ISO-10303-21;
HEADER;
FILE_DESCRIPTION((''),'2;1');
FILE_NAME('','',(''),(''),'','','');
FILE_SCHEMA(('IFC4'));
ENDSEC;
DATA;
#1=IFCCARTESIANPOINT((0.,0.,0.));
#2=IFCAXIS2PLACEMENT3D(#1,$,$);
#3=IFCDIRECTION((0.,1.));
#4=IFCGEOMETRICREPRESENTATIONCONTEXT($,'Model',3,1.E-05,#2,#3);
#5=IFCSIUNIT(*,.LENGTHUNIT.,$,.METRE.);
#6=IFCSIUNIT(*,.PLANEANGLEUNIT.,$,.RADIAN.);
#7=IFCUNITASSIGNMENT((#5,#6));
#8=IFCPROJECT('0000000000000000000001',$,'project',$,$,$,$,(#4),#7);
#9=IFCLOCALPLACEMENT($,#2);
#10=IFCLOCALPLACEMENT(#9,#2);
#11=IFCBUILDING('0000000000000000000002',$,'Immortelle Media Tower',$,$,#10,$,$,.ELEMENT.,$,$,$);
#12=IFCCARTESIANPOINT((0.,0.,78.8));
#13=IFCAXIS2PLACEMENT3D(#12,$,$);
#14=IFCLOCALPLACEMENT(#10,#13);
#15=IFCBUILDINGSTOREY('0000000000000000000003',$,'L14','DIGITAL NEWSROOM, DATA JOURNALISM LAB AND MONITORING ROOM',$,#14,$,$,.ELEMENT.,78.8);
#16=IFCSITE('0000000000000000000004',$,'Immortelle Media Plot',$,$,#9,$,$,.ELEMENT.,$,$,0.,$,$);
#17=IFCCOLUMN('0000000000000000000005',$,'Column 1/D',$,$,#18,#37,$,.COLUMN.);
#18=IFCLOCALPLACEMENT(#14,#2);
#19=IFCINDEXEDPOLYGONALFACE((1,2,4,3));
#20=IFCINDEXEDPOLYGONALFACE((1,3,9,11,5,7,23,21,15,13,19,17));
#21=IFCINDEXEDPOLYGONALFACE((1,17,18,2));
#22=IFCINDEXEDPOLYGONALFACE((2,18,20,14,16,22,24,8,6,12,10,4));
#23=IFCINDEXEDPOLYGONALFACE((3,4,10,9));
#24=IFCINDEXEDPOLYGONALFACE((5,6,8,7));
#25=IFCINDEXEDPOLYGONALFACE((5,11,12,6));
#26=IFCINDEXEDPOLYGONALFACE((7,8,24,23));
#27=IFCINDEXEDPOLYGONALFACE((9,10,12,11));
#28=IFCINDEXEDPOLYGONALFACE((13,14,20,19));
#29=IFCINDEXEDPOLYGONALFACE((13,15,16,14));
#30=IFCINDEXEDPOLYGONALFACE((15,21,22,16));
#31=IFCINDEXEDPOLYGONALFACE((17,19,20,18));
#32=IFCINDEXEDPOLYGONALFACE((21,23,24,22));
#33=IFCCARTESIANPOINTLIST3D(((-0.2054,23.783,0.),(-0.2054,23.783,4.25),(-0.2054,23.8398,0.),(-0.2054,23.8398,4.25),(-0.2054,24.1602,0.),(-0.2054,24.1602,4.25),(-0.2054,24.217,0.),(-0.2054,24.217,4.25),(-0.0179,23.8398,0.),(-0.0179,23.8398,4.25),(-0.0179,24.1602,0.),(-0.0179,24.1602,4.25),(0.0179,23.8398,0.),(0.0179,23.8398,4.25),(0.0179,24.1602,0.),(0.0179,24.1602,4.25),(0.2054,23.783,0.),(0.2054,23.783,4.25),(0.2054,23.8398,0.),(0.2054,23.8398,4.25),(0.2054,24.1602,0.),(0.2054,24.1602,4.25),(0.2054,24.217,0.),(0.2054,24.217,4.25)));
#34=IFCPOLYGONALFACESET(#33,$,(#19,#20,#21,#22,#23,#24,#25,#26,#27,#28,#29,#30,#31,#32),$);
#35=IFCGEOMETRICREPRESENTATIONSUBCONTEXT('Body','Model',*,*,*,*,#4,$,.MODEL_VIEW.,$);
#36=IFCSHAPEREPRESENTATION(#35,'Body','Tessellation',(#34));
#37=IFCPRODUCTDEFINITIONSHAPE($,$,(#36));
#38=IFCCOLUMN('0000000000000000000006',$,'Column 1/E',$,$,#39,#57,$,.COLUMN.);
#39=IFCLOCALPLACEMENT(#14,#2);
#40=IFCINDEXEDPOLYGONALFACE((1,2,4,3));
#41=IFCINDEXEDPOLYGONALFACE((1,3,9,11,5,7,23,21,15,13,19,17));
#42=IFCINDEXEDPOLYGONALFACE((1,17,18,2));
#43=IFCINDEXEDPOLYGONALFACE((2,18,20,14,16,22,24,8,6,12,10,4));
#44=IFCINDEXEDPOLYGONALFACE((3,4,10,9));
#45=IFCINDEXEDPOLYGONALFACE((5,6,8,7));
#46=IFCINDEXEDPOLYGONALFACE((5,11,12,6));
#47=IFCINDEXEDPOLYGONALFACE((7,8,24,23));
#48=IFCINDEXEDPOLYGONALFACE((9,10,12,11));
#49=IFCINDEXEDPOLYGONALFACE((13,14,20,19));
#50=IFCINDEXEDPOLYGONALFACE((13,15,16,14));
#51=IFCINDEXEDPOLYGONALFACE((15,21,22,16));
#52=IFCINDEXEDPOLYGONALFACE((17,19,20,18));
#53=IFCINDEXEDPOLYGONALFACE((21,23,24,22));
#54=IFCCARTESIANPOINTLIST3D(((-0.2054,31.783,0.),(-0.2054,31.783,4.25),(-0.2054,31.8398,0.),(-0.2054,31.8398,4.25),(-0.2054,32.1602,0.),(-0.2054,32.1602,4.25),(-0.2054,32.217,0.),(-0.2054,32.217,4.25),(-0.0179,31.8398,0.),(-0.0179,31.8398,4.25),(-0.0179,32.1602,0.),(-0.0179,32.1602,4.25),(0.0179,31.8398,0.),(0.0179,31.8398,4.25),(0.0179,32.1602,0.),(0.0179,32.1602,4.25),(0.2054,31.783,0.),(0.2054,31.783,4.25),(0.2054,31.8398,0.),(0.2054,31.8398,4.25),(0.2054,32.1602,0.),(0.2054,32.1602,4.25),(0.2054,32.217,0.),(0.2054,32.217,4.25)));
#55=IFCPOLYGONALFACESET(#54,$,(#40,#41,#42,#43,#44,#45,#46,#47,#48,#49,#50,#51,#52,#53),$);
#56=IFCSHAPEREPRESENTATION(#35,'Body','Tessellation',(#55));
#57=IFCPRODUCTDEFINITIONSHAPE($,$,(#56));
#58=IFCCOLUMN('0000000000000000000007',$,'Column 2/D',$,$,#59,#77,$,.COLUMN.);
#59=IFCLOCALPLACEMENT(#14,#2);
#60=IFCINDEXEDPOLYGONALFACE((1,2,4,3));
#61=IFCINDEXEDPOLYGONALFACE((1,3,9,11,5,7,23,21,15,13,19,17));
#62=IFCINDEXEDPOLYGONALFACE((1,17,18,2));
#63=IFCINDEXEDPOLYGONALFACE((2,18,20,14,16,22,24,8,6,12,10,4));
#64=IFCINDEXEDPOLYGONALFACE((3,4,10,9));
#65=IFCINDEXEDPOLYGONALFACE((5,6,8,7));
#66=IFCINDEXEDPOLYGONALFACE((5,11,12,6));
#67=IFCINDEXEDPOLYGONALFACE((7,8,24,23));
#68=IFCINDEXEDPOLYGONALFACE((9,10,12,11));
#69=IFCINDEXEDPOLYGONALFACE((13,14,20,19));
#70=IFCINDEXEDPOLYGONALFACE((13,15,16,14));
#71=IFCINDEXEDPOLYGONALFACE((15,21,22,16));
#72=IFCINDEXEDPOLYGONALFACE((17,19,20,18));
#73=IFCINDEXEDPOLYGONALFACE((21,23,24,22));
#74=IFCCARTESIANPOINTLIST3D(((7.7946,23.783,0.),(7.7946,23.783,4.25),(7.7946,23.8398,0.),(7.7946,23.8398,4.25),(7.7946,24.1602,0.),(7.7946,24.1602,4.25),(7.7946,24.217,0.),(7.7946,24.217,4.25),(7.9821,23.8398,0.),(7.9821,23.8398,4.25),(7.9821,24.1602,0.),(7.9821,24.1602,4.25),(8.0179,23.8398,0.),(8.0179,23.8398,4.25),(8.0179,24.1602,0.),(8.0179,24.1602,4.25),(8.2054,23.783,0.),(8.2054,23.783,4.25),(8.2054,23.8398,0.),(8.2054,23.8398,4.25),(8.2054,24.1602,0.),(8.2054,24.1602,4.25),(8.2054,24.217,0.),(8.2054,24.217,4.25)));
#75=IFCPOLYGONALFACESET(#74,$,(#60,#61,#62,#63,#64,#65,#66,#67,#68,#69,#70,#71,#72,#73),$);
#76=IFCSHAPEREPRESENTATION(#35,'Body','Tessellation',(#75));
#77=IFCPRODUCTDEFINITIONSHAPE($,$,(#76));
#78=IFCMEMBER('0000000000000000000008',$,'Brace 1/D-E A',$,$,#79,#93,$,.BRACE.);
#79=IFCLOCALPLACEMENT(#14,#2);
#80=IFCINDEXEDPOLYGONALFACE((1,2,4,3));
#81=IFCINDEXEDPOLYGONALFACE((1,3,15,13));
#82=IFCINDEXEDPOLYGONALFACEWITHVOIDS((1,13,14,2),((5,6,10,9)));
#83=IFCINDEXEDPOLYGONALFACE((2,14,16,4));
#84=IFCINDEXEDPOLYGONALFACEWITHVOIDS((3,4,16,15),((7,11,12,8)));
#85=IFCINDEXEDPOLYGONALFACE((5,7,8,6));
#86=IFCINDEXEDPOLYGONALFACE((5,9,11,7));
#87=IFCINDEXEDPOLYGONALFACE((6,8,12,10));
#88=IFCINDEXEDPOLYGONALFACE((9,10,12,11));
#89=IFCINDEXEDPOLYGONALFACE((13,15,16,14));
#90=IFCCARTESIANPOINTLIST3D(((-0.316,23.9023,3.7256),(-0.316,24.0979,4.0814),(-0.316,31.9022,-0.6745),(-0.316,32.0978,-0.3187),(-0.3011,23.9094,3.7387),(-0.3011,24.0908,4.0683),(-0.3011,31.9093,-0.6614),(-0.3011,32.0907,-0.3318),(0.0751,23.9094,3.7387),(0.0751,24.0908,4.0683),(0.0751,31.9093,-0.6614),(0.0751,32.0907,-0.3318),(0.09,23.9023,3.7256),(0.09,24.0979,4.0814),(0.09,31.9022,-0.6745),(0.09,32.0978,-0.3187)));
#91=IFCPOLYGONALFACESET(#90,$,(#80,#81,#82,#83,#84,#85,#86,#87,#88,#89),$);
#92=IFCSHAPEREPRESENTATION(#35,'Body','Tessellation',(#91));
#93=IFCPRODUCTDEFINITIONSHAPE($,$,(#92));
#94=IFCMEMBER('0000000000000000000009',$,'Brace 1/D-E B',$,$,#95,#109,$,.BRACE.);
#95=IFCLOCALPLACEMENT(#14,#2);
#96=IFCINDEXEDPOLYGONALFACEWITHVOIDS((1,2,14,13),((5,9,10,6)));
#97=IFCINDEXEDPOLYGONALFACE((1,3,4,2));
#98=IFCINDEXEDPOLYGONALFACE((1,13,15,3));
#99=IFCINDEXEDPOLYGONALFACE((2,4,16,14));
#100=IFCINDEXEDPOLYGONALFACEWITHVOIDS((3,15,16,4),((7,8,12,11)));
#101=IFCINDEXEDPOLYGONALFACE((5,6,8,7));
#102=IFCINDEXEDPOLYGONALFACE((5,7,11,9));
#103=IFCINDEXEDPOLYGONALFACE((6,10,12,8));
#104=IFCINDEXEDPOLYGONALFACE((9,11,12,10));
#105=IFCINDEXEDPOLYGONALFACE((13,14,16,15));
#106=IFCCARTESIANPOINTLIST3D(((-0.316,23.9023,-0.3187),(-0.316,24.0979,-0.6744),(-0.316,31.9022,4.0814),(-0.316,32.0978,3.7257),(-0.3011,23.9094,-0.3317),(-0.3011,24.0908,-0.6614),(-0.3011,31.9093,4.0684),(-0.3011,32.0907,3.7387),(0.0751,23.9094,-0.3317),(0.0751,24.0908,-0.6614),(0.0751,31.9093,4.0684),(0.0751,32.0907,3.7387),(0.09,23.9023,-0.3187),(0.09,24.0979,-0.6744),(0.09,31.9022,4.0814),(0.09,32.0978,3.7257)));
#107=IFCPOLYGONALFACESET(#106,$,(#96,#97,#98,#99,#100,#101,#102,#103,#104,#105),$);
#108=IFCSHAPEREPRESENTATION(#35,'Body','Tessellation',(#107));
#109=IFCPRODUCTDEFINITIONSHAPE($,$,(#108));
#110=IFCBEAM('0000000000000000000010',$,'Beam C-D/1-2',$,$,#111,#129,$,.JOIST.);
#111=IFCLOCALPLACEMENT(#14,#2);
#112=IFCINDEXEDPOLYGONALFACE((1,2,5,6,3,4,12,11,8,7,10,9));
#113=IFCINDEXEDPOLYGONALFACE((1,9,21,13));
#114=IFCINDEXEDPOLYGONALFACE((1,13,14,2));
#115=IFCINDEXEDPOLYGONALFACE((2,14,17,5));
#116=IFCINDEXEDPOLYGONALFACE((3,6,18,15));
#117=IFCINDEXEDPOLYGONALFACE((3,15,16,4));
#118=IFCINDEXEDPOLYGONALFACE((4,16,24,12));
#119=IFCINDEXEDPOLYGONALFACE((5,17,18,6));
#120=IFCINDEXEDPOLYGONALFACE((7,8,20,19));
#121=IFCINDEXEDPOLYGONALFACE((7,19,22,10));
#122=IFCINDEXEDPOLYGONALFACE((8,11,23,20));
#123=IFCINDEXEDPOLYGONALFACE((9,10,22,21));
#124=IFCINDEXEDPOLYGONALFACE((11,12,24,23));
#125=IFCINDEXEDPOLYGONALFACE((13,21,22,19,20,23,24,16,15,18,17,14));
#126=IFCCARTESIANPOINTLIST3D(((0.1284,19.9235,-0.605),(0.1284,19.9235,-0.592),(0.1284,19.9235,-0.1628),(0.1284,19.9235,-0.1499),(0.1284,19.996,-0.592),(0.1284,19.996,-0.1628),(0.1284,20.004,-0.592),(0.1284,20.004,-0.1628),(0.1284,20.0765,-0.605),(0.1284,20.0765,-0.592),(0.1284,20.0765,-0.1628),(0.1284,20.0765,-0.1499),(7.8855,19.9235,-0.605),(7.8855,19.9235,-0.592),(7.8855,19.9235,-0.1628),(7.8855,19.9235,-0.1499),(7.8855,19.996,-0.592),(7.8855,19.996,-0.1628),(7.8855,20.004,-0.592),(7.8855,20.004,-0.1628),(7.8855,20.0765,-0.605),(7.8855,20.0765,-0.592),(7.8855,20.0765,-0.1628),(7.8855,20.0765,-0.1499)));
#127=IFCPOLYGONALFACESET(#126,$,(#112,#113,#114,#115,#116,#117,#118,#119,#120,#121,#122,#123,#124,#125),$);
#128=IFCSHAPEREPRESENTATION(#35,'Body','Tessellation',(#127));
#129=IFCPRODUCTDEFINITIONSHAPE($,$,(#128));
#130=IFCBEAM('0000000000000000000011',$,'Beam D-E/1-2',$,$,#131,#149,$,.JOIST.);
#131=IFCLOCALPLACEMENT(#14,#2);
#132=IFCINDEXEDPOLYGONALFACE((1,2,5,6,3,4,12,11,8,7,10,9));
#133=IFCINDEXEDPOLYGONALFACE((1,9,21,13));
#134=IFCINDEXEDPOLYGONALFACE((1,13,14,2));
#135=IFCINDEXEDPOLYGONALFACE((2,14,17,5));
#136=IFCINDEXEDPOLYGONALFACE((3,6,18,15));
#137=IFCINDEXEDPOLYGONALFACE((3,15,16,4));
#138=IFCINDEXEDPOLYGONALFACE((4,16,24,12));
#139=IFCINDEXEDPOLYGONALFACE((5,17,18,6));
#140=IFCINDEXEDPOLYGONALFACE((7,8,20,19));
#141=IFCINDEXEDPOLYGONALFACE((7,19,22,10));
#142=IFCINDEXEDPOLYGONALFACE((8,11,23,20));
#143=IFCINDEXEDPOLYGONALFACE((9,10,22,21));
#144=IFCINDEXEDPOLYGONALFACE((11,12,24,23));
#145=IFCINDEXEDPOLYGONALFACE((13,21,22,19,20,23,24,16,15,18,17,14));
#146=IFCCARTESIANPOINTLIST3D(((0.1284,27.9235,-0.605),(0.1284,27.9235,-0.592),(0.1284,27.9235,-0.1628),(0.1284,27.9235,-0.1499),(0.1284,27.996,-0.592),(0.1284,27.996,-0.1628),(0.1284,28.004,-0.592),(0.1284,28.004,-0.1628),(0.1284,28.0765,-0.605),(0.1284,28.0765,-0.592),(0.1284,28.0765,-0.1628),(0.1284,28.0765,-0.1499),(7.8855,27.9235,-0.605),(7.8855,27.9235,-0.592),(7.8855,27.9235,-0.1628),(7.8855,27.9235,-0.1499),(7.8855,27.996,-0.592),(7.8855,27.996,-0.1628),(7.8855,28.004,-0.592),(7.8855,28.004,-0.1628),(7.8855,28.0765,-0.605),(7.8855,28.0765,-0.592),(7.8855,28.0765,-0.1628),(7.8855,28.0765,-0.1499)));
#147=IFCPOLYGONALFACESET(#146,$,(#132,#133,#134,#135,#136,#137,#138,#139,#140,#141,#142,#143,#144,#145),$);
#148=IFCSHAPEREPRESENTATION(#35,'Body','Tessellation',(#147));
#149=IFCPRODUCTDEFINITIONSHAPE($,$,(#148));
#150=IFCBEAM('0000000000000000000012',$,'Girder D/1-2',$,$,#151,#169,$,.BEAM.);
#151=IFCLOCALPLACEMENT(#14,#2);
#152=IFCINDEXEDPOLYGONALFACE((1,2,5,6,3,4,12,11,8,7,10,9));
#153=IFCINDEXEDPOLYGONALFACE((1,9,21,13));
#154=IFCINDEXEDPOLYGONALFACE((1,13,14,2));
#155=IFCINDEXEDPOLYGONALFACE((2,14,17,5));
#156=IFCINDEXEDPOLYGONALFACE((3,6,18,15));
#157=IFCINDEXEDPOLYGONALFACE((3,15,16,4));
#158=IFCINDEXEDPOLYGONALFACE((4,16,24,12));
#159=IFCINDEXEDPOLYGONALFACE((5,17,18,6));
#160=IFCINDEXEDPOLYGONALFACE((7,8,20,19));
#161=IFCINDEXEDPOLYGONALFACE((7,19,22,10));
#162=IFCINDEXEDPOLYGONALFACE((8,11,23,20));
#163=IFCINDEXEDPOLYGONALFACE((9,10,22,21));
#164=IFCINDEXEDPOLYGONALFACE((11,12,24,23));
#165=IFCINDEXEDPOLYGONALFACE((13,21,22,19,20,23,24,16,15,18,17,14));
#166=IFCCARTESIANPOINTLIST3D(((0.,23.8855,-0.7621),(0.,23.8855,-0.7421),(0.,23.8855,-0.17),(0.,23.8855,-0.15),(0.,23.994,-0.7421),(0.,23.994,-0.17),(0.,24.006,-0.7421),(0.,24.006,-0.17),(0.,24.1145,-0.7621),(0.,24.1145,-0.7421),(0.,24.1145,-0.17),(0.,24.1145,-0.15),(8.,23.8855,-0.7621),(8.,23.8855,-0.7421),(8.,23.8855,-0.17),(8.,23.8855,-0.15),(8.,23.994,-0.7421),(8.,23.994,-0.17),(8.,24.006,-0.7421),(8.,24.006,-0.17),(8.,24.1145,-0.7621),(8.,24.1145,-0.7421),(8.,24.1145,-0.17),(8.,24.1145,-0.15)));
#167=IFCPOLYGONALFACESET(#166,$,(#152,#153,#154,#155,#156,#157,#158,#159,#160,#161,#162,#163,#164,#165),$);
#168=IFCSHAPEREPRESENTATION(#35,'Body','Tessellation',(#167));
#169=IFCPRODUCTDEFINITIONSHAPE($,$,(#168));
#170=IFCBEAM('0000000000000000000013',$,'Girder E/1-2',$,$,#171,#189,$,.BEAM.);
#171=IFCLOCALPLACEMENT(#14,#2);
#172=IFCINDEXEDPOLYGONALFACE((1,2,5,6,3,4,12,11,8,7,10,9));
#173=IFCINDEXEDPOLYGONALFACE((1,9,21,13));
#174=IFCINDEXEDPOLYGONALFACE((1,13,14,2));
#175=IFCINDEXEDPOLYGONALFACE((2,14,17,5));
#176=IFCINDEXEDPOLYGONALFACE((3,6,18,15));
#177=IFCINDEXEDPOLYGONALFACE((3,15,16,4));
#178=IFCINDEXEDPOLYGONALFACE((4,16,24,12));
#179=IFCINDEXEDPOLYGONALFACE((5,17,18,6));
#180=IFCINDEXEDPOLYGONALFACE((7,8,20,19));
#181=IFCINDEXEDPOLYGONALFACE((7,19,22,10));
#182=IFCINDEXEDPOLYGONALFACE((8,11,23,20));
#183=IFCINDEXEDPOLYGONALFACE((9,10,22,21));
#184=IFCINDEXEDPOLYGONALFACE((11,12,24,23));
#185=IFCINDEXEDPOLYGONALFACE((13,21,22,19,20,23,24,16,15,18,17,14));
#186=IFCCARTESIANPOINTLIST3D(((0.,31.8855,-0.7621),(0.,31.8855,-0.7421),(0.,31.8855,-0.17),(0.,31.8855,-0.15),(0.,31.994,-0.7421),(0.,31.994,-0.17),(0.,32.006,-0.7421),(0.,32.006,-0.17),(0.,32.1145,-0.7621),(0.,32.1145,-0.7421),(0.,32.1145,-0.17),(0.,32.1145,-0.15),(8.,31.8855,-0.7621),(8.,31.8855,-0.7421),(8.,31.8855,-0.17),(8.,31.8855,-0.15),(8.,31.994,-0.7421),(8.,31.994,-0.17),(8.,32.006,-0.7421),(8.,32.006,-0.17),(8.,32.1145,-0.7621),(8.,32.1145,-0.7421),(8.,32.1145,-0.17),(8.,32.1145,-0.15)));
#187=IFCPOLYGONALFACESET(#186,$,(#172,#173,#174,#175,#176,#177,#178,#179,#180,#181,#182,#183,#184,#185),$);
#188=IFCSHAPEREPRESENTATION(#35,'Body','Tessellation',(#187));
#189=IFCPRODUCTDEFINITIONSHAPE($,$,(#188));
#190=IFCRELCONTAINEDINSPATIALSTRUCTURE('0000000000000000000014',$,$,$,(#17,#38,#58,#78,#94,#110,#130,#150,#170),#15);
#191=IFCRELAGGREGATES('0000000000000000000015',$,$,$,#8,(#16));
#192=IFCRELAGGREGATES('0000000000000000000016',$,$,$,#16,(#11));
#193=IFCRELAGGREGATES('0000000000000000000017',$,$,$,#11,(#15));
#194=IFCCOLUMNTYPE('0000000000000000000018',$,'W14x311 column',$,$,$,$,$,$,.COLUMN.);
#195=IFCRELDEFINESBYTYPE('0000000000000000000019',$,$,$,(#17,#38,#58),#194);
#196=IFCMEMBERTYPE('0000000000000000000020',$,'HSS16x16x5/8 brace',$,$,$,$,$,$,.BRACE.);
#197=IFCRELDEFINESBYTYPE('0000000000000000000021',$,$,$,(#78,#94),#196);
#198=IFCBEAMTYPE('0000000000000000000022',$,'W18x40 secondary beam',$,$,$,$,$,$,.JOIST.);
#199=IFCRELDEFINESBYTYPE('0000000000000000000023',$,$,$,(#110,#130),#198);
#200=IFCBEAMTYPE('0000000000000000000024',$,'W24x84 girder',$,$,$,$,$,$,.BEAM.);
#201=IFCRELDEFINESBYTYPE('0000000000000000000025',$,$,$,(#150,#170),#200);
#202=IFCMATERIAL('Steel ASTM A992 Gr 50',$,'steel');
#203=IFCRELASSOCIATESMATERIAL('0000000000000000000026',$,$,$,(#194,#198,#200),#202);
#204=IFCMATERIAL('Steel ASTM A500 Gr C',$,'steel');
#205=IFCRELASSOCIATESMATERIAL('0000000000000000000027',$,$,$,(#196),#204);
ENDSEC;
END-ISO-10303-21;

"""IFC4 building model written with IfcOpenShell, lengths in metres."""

from ifc_helpers import new_model, si_unit, direction, frame, origin, origin_2d, place, context, subcontext, project, spatial, hollow_rectangle, i_section, extrude, material, material_profile, profile_set, type_object, element, save


model = new_model("IFC4")

# Units and contexts
model_context = context("Model", 3, precision=1e-05, world=origin(), true_north=direction((0.0, 1.0)))
body_context = subcontext(model_context, "Body", "Model", "MODEL_VIEW")
ifc_project = project(units=[si_unit("LENGTHUNIT", "METRE"), si_unit("PLANEANGLEUNIT", "RADIAN")], contexts=[model_context])

# Site, building, storey
site_placement = place(None, origin())
site = spatial("IfcSite", under=ifc_project, at=site_placement, Name="Immortelle Media Plot", CompositionType="ELEMENT", RefElevation=0.0)
building_placement = place(site_placement, origin())
building = spatial("IfcBuilding", under=site, at=building_placement, Name="Immortelle Media Tower", CompositionType="ELEMENT")
storey_placement = place(building_placement, frame((0.0, 0.0, 78.8)))
storey = spatial("IfcBuildingStorey", under=building, at=storey_placement, Name="L14", Description="DIGITAL NEWSROOM, DATA JOURNALISM LAB AND MONITORING ROOM", CompositionType="ELEMENT", Elevation=78.8)

# Columns
ifc_material_1 = material(Name="Steel ASTM A992 Gr 50", Category="steel")
ifc_material_profile_1 = material_profile(ifc_material_1, i_section(OverallWidth=0.4109, OverallDepth=0.4341, WebThickness=0.0359, FlangeThickness=0.0569, at=origin_2d()), Name="W14x311")
ifc_profile_set_1 = profile_set([ifc_material_profile_1], Name="Steel ASTM A992 Gr 50")
column_type = type_object("IfcColumnType", Name="W14x311 column", PredefinedType="COLUMN", material=ifc_profile_set_1)
for number, where, z_axis, x_axis, name in (
    (1, (0.0, 24.0, 0.0), (0.0, 0.0, 1.0), (1.0, 0.0, 0.0), "Column 1/D"),
    (2, (0.0, 32.0, 0.0), (0.0, 0.0, 1.0), (1.0, 0.0, 0.0), "Column 1/E"),
    (3, (8.0, 24.0, 0.0), (0.0, 0.0, 1.0), (1.0, 0.0, 0.0), "Column 2/D"),
):
    element("IfcColumn", number, at=place(storey_placement, frame(where, z_axis=z_axis, x_axis=x_axis)), inside=storey, type_object=column_type, Name=name, PredefinedType="COLUMN", context=body_context, shape_type="SweptSolid", body=[
        extrude(i_section(OverallWidth=0.4109, OverallDepth=0.4341, WebThickness=0.0359, FlangeThickness=0.0569, at=origin_2d()), origin(), (0.0, 0.0, 1.0), 4.25),
    ])

# Members
ifc_material_2 = material(Name="Steel ASTM A500 Gr C", Category="steel")
ifc_material_profile_2 = material_profile(ifc_material_2, hollow_rectangle(XDim=0.406, YDim=0.406, WallThickness=0.0149, at=origin_2d()), Name="HSS16x16x5/8 brace")
ifc_profile_set_2 = profile_set([ifc_material_profile_2], Name="Steel ASTM A500 Gr C")
member_type = type_object("IfcMemberType", Name="HSS16x16x5/8 brace", PredefinedType="BRACE", material=ifc_profile_set_2)
for number, where, z_axis, x_axis, name in (
    (4, (-0.113, 32.0, -0.4966), (0.0, -0.876209, 0.481931), (1.0, 0.0, 0.0), "Brace 1/D-E A"),
    (5, (-0.113, 32.0, 3.9036), (0.0, -0.876209, -0.481931), (1.0, 0.0, 0.0), "Brace 1/D-E B"),
):
    element("IfcMember", number, at=place(storey_placement, frame(where, z_axis=z_axis, x_axis=x_axis)), inside=storey, type_object=member_type, Name=name, PredefinedType="BRACE", context=body_context, shape_type="SweptSolid", body=[
        extrude(hollow_rectangle(XDim=0.406, YDim=0.406, WallThickness=0.0149, at=origin_2d()), origin(), (0.0, 0.0, 1.0), 9.1301),
    ])

# Beams
ifc_material_profile_3 = material_profile(ifc_material_1, i_section(OverallWidth=0.1531, OverallDepth=0.4551, WebThickness=0.0081, FlangeThickness=0.0129, at=origin_2d()), Name="W18x40")
ifc_profile_set_3 = profile_set([ifc_material_profile_3], Name="Steel ASTM A992 Gr 50")
beam_type_1 = type_object("IfcBeamType", Name="W18x40 secondary beam", PredefinedType="JOIST", material=ifc_profile_set_3)
for number, where, z_axis, x_axis, name in (
    (6, (0.1284, 20.0, -0.3774), (1.0, 0.0, 0.0), (0.0, 1.0, 0.0), "Beam C-D/1-2"),
    (7, (0.1284, 28.0, -0.3774), (1.0, 0.0, 0.0), (0.0, 1.0, 0.0), "Beam D-E/1-2"),
):
    element("IfcBeam", number, at=place(storey_placement, frame(where, z_axis=z_axis, x_axis=x_axis)), inside=storey, type_object=beam_type_1, Name=name, PredefinedType="JOIST", context=body_context, shape_type="SweptSolid", body=[
        extrude(i_section(OverallWidth=0.1531, OverallDepth=0.4551, WebThickness=0.0081, FlangeThickness=0.0129, at=origin_2d()), origin(), (0.0, 0.0, 1.0), 7.7571),
    ])
ifc_material_profile_4 = material_profile(ifc_material_1, i_section(OverallWidth=0.229, OverallDepth=0.6121, WebThickness=0.012, FlangeThickness=0.02, at=origin_2d()), Name="W24x84")
ifc_profile_set_4 = profile_set([ifc_material_profile_4], Name="Steel ASTM A992 Gr 50")
beam_type_2 = type_object("IfcBeamType", Name="W24x84 girder", PredefinedType="BEAM", material=ifc_profile_set_4)
for number, where, z_axis, x_axis, name in (
    (8, (0.0, 24.0, -0.4561), (1.0, 0.0, 0.0), (0.0, 1.0, 0.0), "Girder D/1-2"),
    (9, (0.0, 32.0, -0.4561), (1.0, 0.0, 0.0), (0.0, 1.0, 0.0), "Girder E/1-2"),
):
    element("IfcBeam", number, at=place(storey_placement, frame(where, z_axis=z_axis, x_axis=x_axis)), inside=storey, type_object=beam_type_2, Name=name, PredefinedType="BEAM", context=body_context, shape_type="SweptSolid", body=[
        extrude(i_section(OverallWidth=0.229, OverallDepth=0.6121, WebThickness=0.012, FlangeThickness=0.02, at=origin_2d()), origin(), (0.0, 0.0, 1.0), 8.0),
    ])

save(model, "model.ifc")
